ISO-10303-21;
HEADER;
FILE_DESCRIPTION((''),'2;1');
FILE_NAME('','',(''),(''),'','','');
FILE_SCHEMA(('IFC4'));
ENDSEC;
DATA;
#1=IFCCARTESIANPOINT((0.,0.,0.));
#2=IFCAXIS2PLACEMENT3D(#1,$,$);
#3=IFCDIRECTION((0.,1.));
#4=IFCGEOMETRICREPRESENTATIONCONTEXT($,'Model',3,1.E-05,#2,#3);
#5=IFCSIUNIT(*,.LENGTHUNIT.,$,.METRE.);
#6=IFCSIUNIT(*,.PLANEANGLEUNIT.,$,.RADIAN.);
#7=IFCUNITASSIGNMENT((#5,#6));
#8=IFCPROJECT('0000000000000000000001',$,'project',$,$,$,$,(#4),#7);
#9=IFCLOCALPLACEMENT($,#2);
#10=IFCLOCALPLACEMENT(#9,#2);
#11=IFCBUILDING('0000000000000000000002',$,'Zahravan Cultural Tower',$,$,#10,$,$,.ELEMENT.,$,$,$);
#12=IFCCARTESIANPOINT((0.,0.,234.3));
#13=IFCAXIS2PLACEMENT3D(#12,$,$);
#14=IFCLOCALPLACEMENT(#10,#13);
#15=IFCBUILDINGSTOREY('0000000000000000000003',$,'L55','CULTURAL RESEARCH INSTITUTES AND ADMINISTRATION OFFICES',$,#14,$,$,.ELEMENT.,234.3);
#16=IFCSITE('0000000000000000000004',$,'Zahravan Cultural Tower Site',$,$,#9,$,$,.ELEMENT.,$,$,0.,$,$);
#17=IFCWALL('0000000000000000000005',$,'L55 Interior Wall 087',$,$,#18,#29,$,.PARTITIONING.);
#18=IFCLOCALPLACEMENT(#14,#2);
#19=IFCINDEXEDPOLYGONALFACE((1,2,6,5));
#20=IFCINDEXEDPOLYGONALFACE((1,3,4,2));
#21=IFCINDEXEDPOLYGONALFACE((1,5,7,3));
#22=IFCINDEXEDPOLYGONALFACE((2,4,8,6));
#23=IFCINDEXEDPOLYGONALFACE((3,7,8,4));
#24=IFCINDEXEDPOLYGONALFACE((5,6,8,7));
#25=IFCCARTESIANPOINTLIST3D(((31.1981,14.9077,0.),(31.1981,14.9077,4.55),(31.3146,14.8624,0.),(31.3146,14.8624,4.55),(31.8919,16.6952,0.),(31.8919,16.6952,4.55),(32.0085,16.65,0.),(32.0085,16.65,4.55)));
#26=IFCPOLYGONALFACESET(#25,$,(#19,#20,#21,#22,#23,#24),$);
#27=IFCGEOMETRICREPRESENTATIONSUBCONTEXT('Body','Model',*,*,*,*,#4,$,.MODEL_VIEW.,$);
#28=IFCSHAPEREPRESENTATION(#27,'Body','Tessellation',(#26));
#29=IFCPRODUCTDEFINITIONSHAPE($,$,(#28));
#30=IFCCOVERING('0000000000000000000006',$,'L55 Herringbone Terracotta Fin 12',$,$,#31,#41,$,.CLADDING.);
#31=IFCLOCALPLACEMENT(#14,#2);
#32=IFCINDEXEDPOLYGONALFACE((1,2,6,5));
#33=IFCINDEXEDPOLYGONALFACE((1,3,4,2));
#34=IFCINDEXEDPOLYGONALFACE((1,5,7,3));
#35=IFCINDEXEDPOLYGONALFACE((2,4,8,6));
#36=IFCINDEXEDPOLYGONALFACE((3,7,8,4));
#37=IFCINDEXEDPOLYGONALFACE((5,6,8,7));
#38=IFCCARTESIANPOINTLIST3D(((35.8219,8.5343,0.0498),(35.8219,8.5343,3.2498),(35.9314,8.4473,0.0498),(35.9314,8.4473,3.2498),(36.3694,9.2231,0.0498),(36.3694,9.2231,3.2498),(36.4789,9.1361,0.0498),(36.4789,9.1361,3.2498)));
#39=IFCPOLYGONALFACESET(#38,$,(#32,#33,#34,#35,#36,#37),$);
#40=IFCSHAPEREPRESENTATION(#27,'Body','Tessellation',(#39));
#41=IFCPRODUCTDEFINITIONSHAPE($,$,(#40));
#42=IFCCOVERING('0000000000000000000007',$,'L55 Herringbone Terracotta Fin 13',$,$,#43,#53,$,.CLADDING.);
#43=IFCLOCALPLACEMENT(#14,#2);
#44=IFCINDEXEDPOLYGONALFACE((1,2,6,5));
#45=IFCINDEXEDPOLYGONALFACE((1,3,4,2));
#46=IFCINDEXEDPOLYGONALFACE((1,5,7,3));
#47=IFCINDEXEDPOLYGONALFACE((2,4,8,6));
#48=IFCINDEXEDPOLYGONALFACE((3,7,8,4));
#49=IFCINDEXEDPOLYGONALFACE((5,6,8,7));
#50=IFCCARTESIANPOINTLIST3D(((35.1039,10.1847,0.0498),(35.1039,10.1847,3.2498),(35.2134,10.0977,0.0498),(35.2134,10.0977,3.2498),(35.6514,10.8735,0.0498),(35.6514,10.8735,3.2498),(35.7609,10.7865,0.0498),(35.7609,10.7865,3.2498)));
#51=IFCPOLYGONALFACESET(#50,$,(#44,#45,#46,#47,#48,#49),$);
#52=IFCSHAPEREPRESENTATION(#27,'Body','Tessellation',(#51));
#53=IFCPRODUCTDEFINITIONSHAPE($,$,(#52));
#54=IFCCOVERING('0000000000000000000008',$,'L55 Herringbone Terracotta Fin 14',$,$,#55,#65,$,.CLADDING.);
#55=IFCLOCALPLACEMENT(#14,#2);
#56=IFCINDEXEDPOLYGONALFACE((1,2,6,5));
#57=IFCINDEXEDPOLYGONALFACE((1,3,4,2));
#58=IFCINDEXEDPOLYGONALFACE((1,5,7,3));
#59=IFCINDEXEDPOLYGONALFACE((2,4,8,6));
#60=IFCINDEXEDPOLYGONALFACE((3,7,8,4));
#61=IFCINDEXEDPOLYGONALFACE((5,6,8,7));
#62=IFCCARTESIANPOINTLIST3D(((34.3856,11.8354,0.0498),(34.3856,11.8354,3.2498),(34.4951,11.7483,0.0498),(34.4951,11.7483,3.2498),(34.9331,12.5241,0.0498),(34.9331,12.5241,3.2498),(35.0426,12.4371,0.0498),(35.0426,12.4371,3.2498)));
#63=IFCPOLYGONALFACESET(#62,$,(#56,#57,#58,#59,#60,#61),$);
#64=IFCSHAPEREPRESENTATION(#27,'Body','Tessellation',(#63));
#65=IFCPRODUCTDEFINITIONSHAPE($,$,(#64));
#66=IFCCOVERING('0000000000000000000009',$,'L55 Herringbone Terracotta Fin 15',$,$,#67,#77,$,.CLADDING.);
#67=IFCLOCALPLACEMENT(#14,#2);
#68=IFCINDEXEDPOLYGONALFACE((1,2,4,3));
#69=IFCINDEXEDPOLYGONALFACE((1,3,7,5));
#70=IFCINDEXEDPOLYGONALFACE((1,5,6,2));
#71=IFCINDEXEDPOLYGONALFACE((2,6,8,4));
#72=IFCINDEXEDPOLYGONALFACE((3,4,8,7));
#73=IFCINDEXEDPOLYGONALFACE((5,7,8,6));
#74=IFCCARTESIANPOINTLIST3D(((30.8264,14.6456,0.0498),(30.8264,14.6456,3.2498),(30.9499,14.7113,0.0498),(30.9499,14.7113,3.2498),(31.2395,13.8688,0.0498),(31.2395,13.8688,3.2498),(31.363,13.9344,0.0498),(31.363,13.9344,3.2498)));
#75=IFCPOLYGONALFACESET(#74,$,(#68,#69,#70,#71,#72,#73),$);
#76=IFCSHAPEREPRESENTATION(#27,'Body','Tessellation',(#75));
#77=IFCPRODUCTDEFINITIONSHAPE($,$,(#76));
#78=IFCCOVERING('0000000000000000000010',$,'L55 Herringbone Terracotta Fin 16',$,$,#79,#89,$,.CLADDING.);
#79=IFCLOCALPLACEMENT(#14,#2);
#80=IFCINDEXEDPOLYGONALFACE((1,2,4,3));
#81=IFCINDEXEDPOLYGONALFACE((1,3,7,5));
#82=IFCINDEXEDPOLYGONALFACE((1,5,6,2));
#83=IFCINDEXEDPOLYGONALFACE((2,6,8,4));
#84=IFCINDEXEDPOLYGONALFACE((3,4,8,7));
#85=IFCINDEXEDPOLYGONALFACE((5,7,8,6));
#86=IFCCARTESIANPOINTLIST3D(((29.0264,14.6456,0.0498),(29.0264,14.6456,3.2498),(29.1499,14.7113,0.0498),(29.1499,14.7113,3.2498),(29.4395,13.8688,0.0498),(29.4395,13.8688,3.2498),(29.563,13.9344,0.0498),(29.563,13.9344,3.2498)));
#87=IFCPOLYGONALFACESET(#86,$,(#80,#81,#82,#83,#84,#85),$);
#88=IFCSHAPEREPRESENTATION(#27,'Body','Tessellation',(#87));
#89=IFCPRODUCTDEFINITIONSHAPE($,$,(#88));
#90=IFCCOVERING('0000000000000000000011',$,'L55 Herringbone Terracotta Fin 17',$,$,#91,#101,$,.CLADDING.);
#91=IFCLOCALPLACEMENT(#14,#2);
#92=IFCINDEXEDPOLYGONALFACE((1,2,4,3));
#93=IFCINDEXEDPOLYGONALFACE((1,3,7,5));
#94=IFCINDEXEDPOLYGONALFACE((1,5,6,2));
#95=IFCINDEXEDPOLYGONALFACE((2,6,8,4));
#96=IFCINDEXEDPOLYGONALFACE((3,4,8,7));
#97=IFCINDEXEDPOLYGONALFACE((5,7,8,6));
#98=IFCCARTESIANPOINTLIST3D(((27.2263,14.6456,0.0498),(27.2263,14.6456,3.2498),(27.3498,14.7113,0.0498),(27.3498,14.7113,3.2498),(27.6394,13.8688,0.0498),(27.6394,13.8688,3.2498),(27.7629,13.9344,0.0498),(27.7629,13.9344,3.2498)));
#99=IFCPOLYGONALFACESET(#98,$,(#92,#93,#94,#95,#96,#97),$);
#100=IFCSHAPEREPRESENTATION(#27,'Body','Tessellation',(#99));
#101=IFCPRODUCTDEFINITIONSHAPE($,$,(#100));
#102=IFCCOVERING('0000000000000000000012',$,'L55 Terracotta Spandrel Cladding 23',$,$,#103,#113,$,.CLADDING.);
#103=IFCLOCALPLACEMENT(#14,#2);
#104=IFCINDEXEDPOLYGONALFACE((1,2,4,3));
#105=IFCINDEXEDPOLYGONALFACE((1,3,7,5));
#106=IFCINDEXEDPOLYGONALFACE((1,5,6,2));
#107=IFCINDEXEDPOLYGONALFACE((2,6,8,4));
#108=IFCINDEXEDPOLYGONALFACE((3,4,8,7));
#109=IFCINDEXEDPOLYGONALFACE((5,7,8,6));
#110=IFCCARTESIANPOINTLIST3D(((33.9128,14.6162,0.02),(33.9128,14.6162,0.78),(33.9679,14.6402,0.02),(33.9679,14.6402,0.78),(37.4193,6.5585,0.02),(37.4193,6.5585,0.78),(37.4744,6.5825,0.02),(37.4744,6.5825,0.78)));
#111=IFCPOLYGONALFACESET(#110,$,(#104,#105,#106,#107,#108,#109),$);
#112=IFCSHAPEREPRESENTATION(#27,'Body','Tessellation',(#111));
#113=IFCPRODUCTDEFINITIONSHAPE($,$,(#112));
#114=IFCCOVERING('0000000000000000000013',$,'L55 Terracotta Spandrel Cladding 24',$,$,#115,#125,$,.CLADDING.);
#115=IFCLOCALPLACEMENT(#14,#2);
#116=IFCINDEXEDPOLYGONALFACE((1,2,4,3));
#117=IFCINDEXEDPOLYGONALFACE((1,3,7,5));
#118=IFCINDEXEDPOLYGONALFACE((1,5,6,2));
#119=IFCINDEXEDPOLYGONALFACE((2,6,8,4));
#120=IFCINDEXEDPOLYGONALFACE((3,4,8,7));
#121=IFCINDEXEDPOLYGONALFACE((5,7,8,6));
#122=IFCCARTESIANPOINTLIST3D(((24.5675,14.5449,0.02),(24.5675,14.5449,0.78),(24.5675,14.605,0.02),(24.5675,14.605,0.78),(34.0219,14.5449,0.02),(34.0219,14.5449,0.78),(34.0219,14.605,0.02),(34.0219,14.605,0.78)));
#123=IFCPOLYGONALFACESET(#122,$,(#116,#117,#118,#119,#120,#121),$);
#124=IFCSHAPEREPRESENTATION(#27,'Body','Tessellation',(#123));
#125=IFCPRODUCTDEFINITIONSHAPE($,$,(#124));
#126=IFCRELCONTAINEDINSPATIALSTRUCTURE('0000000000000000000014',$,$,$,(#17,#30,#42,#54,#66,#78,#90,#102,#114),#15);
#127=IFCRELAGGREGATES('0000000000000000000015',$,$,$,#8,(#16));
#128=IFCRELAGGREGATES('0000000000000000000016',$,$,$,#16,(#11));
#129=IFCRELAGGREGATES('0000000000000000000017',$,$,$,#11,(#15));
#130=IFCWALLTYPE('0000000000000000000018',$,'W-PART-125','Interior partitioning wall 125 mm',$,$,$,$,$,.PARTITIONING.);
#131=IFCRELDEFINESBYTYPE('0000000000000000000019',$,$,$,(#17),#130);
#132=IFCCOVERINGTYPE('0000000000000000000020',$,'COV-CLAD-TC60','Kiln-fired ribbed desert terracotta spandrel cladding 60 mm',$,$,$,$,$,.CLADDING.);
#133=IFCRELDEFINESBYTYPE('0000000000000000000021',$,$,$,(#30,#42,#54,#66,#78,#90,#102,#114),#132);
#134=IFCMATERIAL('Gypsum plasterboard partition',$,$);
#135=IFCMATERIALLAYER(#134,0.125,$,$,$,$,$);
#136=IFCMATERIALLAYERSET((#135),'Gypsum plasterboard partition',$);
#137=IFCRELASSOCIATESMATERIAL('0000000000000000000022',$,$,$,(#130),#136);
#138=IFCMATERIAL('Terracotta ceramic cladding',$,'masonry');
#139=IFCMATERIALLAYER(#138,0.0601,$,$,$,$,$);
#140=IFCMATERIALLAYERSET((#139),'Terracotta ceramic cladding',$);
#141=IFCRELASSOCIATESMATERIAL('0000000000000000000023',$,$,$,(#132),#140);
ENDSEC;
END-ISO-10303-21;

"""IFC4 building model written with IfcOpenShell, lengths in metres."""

from ifc_helpers import new_model, si_unit, direction, frame, frame_2d, origin, origin_2d, place, context, subcontext, project, spatial, rectangle, extrude, source, transform, mapped, material, layer, layer_set, type_object, element, save


model = new_model("IFC4")

# Units and contexts
model_context = context("Model", 3, precision=1e-05, world=origin(), true_north=direction((0.0, 1.0)))
body_context = subcontext(model_context, "Body", "Model", "MODEL_VIEW")
ifc_project = project(units=[si_unit("LENGTHUNIT", "METRE"), si_unit("PLANEANGLEUNIT", "RADIAN")], contexts=[model_context])

# Site, building, storey
site_placement = place(None, origin())
site = spatial("IfcSite", under=ifc_project, at=site_placement, Name="Zahravan Cultural Tower Site", CompositionType="ELEMENT", RefElevation=0.0)
building_placement = place(site_placement, origin())
building = spatial("IfcBuilding", under=site, at=building_placement, Name="Zahravan Cultural Tower", CompositionType="ELEMENT")
storey_placement = place(building_placement, frame((0.0, 0.0, 234.3)))
storey = spatial("IfcBuildingStorey", under=building, at=storey_placement, Name="L55", Description="CULTURAL RESEARCH INSTITUTES AND ADMINISTRATION OFFICES", CompositionType="ELEMENT", Elevation=234.3)

# Shared definitions
ifc_material_1 = material(Name="Gypsum plasterboard partition")
ifc_layer_1 = layer(ifc_material_1, 0.125)
ifc_layer_set_1 = layer_set([ifc_layer_1], Name="Gypsum plasterboard partition")
wall_type_1 = type_object("IfcWallType", Name="W-PART-125", Description="Interior partitioning wall 125 mm", PredefinedType="PARTITIONING", material=ifc_layer_set_1)

# Wall
shared_shape_1 = source(origin(), body_context, "Body", "SweptSolid", [
    extrude(rectangle(XDim=1.9175, YDim=0.125, at=frame_2d((0.9587, 0.0))), origin(), (0.0, 0.0, 1.0), 4.55),
])
wall_1_placement = place(storey_placement, frame((31.9502, 16.6726, 0.0), z_axis=(0.0, 0.0, 1.0), x_axis=(-0.361844, -0.932239, 0.0)))
element("IfcWall", 1, at=wall_1_placement, inside=storey, type_object=wall_type_1, Name="L55 Interior Wall 087", PredefinedType="PARTITIONING", context=body_context, shape_type="MappedRepresentation", body=[
    mapped(shared_shape_1, transform((0.0, 0.0, 0.0), x_axis=(1.0, 0.0, 0.0), y_axis=(0.0, 1.0, 0.0), z_axis=(0.0, 0.0, 1.0), scale=1.0)),
])

# Coverings
ifc_material_2 = material(Name="Terracotta ceramic cladding", Category="masonry")
ifc_layer_2 = layer(ifc_material_2, 0.0601)
ifc_layer_set_2 = layer_set([ifc_layer_2], Name="Terracotta ceramic cladding")
covering_type = type_object("IfcCoveringType", Name="COV-CLAD-TC60", Description="Kiln-fired ribbed desert terracotta spandrel cladding 60 mm", PredefinedType="CLADDING", material=ifc_layer_set_2)
shared_shape_2 = source(origin(), body_context, "Body", "SweptSolid", [
    extrude(rectangle(XDim=0.8799, YDim=0.1399, at=origin_2d()), origin(), (0.0, 0.0, 1.0), 3.2),
])
for number, where, z_axis, x_axis, name in (
    (2, (36.1504, 8.8352, 0.0498), (0.0, 0.0, 1.0), (-0.622282, -0.782793, 0.0), "L55 Herringbone Terracotta Fin 12"),
    (3, (35.4324, 10.4856, 0.0498), (0.0, 0.0, 1.0), (-0.622282, -0.782793, 0.0), "L55 Herringbone Terracotta Fin 13"),
    (4, (34.7141, 12.1362, 0.0498), (0.0, 0.0, 1.0), (-0.622282, -0.782793, 0.0), "L55 Herringbone Terracotta Fin 14"),
    (5, (31.0947, 14.29, 0.0498), (0.0, 0.0, 1.0), (0.469472, -0.882948, 0.0), "L55 Herringbone Terracotta Fin 15"),
    (6, (29.2947, 14.29, 0.0498), (0.0, 0.0, 1.0), (0.469472, -0.882948, 0.0), "L55 Herringbone Terracotta Fin 16"),
    (7, (27.4946, 14.29, 0.0498), (0.0, 0.0, 1.0), (0.469472, -0.882948, 0.0), "L55 Herringbone Terracotta Fin 17"),
):
    element("IfcCovering", number, at=place(storey_placement, frame(where, z_axis=z_axis, x_axis=x_axis)), inside=storey, type_object=covering_type, Name=name, PredefinedType="CLADDING", context=body_context, shape_type="MappedRepresentation", body=[
        mapped(shared_shape_2, transform((0.0, 0.0, 0.0), x_axis=(1.0, 0.0, 0.0), y_axis=(0.0, 1.0, 0.0), z_axis=(0.0, 0.0, 1.0), scale=1.0)),
    ])
shared_shape_3 = source(origin(), body_context, "Body", "SweptSolid", [
    extrude(rectangle(XDim=8.7876, YDim=0.0601, at=origin_2d()), origin(), (0.0, 0.0, 1.0), 0.76),
])
covering_1_placement = place(storey_placement, frame((35.6936, 10.5994, 0.02), z_axis=(0.0, 0.0, 1.0), x_axis=(-0.399021, 0.916942, 0.0)))
element("IfcCovering", 8, at=covering_1_placement, inside=storey, type_object=covering_type, Name="L55 Terracotta Spandrel Cladding 23", PredefinedType="CLADDING", context=body_context, shape_type="MappedRepresentation", body=[
    mapped(shared_shape_3, transform((0.0, 0.0, 0.0), x_axis=(1.0, 0.0, 0.0), y_axis=(0.0, 1.0, 0.0), z_axis=(0.0, 0.0, 1.0), scale=1.0)),
])
shared_shape_4 = source(origin(), body_context, "Body", "SweptSolid", [
    extrude(rectangle(XDim=9.4543, YDim=0.0601, at=origin_2d()), origin(), (0.0, 0.0, 1.0), 0.76),
])
covering_2_placement = place(storey_placement, frame((29.2947, 14.575, 0.02), z_axis=(0.0, 0.0, 1.0), x_axis=(-1.0, 0.0, 0.0)))
element("IfcCovering", 9, at=covering_2_placement, inside=storey, type_object=covering_type, Name="L55 Terracotta Spandrel Cladding 24", PredefinedType="CLADDING", context=body_context, shape_type="MappedRepresentation", body=[
    mapped(shared_shape_4, transform((0.0, 0.0, 0.0), x_axis=(1.0, 0.0, 0.0), y_axis=(0.0, 1.0, 0.0), z_axis=(0.0, 0.0, 1.0), scale=1.0)),
])

save(model, "model.ifc")
